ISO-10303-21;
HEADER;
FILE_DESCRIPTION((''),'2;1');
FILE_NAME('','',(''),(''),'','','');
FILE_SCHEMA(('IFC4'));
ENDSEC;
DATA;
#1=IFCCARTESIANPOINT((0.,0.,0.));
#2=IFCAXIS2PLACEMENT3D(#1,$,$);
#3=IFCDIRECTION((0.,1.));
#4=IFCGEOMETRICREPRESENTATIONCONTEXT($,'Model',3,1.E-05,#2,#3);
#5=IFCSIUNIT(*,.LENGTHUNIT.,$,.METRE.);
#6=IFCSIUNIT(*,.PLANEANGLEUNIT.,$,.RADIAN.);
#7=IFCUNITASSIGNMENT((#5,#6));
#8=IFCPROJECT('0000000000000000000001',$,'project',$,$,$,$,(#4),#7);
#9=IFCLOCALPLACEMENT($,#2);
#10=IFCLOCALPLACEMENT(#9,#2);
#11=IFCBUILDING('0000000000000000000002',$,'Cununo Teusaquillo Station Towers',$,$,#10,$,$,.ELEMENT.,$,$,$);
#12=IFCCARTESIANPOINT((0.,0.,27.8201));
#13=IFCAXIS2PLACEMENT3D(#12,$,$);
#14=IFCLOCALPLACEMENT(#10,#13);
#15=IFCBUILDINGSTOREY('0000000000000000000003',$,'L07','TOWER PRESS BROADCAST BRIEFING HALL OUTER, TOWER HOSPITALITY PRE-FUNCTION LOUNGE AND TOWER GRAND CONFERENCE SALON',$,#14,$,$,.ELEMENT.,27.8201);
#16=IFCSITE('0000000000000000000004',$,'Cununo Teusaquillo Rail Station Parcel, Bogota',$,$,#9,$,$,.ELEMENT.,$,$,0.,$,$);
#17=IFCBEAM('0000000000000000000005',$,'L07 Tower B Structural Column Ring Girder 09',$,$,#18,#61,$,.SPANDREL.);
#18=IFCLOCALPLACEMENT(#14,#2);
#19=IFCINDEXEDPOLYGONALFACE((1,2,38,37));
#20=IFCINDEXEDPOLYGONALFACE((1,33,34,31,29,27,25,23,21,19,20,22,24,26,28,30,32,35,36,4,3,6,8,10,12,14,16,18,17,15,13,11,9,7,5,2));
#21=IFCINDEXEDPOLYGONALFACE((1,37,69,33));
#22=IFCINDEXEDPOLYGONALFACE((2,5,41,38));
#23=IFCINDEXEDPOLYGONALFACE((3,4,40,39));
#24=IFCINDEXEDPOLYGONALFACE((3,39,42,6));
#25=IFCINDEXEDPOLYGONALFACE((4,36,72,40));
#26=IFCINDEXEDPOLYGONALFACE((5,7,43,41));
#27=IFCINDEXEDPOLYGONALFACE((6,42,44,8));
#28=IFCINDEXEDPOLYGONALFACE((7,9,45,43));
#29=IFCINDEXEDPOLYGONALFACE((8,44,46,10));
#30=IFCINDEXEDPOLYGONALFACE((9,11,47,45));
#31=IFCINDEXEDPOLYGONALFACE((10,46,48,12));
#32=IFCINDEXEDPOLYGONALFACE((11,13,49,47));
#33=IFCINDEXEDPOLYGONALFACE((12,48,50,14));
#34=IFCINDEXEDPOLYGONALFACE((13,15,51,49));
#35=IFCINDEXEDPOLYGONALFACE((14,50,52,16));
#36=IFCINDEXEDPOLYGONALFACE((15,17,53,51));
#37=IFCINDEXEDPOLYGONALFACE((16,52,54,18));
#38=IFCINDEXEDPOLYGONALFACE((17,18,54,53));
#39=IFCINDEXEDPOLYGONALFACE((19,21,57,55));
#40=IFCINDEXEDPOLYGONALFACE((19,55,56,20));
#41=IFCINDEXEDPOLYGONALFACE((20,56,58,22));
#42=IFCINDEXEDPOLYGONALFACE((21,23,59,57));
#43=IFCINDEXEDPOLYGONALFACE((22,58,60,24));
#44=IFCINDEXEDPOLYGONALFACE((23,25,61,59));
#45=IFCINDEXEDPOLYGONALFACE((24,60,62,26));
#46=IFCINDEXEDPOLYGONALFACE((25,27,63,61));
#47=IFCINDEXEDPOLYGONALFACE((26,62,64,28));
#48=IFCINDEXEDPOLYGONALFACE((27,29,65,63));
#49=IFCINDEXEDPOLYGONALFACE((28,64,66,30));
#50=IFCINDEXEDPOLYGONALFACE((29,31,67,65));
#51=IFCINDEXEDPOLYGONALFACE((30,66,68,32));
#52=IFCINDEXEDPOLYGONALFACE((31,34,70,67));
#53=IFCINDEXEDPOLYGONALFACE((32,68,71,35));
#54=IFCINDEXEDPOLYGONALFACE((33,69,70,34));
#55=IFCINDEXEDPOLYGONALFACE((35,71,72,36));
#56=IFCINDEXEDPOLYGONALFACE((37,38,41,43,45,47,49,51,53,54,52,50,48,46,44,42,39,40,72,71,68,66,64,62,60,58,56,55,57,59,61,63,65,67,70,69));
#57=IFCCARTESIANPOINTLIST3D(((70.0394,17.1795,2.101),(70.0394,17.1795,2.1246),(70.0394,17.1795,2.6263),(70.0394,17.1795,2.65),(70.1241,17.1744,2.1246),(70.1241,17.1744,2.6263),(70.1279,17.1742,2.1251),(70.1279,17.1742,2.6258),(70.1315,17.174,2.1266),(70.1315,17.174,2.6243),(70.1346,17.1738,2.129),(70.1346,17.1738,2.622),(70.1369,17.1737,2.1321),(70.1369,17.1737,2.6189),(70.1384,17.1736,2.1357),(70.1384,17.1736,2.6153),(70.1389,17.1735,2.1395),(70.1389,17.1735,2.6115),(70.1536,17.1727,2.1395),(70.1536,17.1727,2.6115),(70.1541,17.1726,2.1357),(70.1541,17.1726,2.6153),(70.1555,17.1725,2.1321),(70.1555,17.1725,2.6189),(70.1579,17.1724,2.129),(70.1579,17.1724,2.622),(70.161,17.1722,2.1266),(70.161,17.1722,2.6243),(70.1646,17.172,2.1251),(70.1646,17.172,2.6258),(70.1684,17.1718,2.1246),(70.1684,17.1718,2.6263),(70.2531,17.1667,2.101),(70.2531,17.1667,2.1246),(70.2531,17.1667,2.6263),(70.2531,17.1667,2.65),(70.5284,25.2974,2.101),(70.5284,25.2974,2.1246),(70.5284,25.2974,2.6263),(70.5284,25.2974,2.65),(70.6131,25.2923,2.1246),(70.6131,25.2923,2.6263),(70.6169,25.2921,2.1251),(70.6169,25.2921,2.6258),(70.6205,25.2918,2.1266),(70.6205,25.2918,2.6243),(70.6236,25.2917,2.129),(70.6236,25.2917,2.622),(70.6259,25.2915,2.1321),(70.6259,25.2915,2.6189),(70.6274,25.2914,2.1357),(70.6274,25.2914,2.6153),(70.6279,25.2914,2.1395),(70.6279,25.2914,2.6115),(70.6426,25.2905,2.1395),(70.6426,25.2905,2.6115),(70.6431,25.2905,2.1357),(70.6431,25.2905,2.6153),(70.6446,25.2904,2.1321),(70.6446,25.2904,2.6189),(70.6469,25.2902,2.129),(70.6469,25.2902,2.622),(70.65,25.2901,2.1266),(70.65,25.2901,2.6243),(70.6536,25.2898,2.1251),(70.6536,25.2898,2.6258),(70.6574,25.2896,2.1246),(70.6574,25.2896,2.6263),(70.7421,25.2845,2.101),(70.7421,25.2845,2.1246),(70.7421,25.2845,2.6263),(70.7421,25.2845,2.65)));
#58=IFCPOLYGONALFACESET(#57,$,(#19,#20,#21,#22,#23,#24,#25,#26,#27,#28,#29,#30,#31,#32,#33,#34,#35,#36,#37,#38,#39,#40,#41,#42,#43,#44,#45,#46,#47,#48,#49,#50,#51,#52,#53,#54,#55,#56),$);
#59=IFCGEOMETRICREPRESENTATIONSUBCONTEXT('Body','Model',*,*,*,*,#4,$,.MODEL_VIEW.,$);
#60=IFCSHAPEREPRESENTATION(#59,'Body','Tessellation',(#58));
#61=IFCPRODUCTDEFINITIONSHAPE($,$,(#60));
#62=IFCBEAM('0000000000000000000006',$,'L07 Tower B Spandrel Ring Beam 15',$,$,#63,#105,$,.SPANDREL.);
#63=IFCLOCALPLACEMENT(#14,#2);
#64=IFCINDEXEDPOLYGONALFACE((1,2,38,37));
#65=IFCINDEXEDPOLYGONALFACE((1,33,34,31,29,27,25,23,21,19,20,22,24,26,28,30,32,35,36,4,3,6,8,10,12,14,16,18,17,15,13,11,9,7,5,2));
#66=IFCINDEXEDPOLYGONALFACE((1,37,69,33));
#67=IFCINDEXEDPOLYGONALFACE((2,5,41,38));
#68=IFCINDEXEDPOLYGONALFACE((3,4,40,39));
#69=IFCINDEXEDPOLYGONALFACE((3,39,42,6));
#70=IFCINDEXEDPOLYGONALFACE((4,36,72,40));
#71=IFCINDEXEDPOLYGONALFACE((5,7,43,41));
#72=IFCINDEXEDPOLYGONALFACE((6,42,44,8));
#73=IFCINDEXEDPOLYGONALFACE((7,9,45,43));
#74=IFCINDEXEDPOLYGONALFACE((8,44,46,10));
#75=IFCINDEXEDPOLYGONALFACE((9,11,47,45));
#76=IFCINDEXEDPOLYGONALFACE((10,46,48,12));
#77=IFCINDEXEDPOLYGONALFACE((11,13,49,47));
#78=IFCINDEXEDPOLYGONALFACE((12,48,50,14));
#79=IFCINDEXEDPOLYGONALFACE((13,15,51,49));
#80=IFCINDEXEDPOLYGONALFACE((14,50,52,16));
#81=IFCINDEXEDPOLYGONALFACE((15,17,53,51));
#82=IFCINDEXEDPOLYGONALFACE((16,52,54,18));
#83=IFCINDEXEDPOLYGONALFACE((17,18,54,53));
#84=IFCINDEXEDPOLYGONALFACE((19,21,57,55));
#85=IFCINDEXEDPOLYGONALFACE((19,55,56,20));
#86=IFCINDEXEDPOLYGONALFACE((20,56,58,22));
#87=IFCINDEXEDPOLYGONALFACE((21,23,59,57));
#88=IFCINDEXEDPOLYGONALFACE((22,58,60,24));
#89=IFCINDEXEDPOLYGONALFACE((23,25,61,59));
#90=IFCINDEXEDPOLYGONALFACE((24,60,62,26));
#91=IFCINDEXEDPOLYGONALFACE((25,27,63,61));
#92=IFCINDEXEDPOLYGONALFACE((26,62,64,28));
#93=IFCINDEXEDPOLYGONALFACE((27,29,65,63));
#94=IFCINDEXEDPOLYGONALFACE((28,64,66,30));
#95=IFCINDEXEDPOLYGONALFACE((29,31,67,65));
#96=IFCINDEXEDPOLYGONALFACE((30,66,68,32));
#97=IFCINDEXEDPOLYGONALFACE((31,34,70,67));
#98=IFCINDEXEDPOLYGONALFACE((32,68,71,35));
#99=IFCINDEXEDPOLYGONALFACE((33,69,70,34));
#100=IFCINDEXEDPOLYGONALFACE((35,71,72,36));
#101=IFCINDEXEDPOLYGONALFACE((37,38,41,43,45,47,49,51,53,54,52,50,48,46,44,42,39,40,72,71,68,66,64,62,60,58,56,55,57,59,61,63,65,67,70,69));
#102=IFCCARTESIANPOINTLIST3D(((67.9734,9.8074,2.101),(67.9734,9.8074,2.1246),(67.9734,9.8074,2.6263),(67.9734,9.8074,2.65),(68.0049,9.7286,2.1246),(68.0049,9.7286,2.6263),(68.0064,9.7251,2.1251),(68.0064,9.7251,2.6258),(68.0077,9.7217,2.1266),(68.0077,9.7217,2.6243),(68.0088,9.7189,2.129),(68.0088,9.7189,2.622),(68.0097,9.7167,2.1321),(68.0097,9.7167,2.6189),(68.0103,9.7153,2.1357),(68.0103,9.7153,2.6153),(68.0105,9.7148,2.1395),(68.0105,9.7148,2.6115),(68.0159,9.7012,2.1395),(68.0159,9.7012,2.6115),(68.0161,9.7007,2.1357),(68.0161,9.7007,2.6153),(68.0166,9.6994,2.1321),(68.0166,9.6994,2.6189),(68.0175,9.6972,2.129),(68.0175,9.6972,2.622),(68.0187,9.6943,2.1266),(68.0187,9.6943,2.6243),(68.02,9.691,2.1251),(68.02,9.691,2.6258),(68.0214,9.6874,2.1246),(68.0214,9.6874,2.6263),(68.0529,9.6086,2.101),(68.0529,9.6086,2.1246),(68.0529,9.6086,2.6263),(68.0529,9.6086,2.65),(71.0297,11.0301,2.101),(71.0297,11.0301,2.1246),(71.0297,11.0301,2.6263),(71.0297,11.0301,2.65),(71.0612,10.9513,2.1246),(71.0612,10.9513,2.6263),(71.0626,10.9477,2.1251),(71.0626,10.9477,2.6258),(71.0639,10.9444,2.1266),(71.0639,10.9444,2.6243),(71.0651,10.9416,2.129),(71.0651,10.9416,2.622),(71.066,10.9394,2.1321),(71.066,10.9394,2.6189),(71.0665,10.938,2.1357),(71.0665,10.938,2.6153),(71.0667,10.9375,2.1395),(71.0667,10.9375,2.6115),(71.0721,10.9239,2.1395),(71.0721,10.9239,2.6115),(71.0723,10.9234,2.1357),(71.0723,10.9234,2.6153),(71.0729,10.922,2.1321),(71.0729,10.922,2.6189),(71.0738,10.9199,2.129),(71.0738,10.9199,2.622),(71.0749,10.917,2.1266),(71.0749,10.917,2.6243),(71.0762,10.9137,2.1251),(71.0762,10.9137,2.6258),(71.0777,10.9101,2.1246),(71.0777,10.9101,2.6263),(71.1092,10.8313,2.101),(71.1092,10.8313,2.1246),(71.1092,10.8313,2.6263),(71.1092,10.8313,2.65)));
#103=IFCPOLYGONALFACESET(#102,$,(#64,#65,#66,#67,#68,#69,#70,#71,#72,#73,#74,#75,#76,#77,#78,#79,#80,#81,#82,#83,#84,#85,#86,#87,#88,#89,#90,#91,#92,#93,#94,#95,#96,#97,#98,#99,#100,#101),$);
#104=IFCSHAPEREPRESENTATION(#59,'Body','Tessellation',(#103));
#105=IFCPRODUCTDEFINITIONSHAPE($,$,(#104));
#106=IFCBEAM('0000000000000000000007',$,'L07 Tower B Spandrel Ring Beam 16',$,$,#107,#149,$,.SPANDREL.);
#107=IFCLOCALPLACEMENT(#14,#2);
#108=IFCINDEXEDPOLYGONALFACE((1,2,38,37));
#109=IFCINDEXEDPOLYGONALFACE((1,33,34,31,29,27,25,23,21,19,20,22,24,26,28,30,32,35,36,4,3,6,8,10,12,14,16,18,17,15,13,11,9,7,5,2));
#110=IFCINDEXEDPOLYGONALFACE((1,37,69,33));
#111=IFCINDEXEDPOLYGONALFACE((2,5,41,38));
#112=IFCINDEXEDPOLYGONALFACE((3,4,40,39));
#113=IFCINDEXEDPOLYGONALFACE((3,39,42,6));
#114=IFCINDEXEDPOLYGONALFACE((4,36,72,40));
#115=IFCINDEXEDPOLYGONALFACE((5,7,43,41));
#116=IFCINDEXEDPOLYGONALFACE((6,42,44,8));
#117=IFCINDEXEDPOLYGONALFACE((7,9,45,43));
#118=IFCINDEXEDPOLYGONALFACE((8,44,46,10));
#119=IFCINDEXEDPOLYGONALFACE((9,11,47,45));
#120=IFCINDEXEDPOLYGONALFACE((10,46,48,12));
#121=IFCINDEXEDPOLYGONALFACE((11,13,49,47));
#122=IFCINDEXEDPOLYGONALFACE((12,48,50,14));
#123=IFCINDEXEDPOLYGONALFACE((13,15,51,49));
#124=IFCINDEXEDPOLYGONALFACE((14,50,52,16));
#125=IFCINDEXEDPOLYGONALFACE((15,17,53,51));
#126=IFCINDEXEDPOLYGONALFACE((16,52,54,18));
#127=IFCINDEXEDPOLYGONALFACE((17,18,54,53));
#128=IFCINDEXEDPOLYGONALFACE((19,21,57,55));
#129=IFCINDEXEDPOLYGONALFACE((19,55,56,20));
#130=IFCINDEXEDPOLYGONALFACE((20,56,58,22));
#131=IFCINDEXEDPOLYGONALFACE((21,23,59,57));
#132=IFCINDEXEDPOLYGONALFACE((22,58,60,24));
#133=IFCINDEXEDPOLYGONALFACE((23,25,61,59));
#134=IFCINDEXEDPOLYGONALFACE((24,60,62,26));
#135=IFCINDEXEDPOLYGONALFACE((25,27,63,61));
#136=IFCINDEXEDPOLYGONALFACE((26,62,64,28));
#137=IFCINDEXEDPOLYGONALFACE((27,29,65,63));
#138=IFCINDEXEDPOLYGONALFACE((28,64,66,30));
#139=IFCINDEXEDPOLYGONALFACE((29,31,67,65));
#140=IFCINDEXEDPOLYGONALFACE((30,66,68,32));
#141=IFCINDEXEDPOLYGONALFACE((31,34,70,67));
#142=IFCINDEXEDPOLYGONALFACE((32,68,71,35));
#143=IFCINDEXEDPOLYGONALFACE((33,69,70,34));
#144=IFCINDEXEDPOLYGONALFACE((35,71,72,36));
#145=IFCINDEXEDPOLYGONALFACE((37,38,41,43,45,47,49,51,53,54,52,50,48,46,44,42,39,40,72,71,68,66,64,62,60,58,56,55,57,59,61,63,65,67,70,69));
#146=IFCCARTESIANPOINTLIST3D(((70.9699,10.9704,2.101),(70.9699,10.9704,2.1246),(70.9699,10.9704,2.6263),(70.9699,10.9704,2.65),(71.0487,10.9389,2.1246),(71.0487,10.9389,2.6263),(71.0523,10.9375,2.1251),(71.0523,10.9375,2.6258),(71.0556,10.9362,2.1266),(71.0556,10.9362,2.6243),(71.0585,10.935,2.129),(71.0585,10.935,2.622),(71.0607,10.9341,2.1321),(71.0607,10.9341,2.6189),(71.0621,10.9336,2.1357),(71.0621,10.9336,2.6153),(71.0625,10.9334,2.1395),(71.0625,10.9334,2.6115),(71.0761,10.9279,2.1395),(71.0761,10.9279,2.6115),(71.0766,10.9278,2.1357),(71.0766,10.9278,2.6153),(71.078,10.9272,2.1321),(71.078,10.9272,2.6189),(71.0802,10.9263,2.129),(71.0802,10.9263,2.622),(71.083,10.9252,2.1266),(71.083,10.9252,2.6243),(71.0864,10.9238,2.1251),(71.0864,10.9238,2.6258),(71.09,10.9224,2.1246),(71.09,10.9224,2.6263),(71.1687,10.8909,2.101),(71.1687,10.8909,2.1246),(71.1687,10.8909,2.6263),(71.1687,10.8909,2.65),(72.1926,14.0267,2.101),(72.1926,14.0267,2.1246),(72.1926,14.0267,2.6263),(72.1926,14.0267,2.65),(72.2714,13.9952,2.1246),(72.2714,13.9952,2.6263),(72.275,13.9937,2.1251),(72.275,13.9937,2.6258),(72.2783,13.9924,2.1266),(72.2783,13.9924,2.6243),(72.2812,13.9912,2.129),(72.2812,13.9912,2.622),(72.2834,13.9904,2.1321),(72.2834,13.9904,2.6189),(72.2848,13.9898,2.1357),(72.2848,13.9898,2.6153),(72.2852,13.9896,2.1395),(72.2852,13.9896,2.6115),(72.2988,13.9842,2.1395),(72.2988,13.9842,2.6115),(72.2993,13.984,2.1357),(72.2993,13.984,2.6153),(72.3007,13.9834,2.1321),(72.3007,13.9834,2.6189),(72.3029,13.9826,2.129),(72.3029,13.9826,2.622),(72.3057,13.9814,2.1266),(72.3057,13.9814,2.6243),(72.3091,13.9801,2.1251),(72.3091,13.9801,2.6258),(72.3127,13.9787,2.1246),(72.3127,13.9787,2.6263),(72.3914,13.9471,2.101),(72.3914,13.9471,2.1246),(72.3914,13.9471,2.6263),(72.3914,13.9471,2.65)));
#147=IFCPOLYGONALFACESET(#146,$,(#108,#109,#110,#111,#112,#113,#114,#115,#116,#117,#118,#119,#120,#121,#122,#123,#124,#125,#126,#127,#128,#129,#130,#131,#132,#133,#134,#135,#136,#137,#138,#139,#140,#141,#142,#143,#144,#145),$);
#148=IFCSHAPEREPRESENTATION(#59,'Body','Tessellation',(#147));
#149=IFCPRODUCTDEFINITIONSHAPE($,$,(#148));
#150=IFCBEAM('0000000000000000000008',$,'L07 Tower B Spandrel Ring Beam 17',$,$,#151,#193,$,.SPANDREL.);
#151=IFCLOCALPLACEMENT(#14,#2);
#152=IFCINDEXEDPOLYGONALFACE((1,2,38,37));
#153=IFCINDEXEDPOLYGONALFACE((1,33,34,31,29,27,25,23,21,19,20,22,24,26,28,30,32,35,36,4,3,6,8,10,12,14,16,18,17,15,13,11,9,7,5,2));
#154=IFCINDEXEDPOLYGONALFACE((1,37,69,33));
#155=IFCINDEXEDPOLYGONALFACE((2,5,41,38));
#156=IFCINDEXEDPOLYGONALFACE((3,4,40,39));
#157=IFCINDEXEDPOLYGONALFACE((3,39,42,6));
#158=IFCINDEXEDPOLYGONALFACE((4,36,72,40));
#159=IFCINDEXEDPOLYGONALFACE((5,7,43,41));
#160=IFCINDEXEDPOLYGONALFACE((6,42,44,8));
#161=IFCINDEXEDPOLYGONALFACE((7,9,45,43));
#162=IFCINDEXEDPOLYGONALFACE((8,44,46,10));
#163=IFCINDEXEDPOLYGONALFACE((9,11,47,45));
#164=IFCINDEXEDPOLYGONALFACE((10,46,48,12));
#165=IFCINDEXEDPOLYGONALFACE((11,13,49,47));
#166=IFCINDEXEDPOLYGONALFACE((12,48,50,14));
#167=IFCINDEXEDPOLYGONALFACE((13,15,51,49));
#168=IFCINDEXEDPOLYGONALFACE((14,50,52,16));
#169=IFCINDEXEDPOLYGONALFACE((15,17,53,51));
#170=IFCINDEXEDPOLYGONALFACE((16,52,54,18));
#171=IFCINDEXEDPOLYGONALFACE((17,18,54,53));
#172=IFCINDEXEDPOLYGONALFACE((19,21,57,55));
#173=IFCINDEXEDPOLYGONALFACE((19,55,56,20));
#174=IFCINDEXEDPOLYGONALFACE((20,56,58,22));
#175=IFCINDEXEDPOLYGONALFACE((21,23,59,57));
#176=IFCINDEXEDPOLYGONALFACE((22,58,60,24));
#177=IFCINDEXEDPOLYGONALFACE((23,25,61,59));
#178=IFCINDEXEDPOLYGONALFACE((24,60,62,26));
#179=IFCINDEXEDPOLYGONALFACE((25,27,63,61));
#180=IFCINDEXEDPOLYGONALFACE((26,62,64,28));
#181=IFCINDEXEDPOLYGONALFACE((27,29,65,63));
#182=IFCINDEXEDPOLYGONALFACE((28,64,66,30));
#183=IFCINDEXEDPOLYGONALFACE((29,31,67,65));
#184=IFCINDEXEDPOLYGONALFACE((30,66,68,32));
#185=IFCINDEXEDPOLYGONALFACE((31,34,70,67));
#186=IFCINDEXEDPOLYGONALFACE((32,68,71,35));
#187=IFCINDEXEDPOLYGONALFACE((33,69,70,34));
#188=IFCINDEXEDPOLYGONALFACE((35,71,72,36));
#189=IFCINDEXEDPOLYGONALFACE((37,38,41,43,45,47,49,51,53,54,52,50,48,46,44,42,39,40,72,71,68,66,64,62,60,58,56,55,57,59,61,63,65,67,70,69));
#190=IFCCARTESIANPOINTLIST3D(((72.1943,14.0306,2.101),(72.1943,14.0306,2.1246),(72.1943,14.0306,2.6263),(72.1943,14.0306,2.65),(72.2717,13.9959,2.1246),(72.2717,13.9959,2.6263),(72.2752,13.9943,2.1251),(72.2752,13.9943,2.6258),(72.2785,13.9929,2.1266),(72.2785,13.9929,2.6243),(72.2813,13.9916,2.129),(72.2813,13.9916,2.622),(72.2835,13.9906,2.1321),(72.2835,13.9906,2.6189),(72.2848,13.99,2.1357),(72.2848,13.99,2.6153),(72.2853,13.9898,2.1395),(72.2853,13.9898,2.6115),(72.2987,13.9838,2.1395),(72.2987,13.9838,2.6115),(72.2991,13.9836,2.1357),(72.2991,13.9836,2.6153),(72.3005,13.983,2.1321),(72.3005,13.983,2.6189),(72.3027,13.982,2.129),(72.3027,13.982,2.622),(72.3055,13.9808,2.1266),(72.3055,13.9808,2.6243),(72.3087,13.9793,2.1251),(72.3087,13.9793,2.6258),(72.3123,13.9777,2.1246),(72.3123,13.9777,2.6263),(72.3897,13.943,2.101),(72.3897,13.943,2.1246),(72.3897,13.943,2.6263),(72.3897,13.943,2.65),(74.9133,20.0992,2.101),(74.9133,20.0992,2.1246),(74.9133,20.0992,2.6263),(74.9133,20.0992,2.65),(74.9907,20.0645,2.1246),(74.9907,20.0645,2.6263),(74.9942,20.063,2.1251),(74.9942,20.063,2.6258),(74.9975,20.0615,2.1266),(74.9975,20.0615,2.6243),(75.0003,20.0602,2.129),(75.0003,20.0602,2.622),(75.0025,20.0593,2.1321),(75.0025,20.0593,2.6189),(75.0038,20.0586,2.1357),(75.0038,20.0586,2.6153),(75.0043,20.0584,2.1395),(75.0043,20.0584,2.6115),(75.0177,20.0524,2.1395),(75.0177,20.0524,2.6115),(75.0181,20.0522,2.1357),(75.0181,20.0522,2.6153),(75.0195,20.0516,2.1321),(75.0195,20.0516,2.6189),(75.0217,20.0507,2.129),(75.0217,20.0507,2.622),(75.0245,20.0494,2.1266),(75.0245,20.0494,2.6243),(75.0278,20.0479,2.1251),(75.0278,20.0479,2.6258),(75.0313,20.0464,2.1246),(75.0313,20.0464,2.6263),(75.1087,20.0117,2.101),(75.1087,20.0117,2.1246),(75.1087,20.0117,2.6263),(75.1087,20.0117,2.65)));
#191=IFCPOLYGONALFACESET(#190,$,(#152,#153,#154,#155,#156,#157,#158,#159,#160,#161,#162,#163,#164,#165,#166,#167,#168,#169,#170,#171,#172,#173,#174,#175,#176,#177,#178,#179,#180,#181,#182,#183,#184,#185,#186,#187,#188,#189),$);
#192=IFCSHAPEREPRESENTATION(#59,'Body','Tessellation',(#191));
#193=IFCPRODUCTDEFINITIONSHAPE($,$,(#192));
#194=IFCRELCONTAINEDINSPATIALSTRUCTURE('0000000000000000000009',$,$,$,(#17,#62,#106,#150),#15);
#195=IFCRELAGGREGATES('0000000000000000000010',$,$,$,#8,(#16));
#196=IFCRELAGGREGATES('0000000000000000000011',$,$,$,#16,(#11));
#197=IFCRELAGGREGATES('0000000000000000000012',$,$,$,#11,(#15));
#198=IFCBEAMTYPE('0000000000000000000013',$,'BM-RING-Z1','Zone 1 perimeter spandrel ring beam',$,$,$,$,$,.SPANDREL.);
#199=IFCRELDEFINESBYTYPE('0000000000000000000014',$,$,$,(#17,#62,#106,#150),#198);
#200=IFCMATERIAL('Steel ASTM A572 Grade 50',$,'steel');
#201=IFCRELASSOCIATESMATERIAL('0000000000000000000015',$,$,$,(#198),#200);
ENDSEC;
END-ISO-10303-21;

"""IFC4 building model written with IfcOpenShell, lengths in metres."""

from ifc_helpers import new_model, si_unit, direction, frame, origin, origin_2d, place, context, subcontext, project, spatial, i_section, extrude, material, material_profile, profile_set, type_object, element, save


model = new_model("IFC4")

# Units and contexts
model_context = context("Model", 3, precision=1e-05, world=origin(), true_north=direction((0.0, 1.0)))
body_context = subcontext(model_context, "Body", "Model", "MODEL_VIEW")
ifc_project = project(units=[si_unit("LENGTHUNIT", "METRE"), si_unit("PLANEANGLEUNIT", "RADIAN")], contexts=[model_context])

# Site, building, storey
site_placement = place(None, origin())
site = spatial("IfcSite", under=ifc_project, at=site_placement, Name="Cununo Teusaquillo Rail Station Parcel, Bogota", CompositionType="ELEMENT", RefElevation=0.0)
building_placement = place(site_placement, origin())
building = spatial("IfcBuilding", under=site, at=building_placement, Name="Cununo Teusaquillo Station Towers", CompositionType="ELEMENT")
storey_placement = place(building_placement, frame((0.0, 0.0, 27.8201)))
storey = spatial("IfcBuildingStorey", under=building, at=storey_placement, Name="L07", Description="TOWER PRESS BROADCAST BRIEFING HALL OUTER, TOWER HOSPITALITY PRE-FUNCTION LOUNGE AND TOWER GRAND CONFERENCE SALON", CompositionType="ELEMENT", Elevation=27.8201)

# Beams
ifc_material_1 = material(Name="Steel ASTM A572 Grade 50", Category="steel")
ifc_material_profile_1 = material_profile(ifc_material_1, i_section(OverallWidth=0.2141, OverallDepth=0.5491, WebThickness=0.0146, FlangeThickness=0.0237, FilletRadius=0.0149, at=origin_2d()), Name="W21X93")
ifc_profile_set_1 = profile_set([ifc_material_profile_1], Name="Steel ASTM A572 Grade 50")
beam_type_1 = type_object("IfcBeamType", Name="BM-RING-Z1", Description="Zone 1 perimeter spandrel ring beam", PredefinedType="SPANDREL", material=ifc_profile_set_1)
beam_1_placement = place(storey_placement, frame((70.1462, 17.1731, 2.3755), z_axis=(0.06013, 0.998191, 0.0), x_axis=(-0.998191, 0.06013, 0.0)))
element("IfcBeam", 1, at=beam_1_placement, inside=storey, type_object=beam_type_1, Name="L07 Tower B Structural Column Ring Girder 09", PredefinedType="SPANDREL", context=body_context, shape_type="SweptSolid", body=[
    extrude(i_section(OverallWidth=0.2141, OverallDepth=0.5491, WebThickness=0.0146, FlangeThickness=0.0237, FilletRadius=0.0149, at=origin_2d()), origin(), (0.0, 0.0, 1.0), 8.1326),
])
for number, where, z_axis, x_axis, name in (
    (2, (68.0132, 9.708, 2.3755), (0.928456, 0.371442, 0.0), (-0.371442, 0.928456, 0.0), "L07 Tower B Spandrel Ring Beam 15"),
    (3, (71.0693, 10.9307, 2.3755), (0.371442, 0.928456, 0.0), (-0.928456, 0.371442, 0.0), "L07 Tower B Spandrel Ring Beam 16"),
):
    element("IfcBeam", number, at=place(storey_placement, frame(where, z_axis=z_axis, x_axis=x_axis)), inside=storey, type_object=beam_type_1, Name=name, PredefinedType="SPANDREL", context=body_context, shape_type="SweptSolid", body=[
        extrude(i_section(OverallWidth=0.2141, OverallDepth=0.5491, WebThickness=0.0146, FlangeThickness=0.0237, FilletRadius=0.0149, at=origin_2d()), origin(), (0.0, 0.0, 1.0), 3.2917),
    ])
beam_2_placement = place(storey_placement, frame((72.292, 13.9868, 2.3755), z_axis=(0.408879, 0.912589, 0.0), x_axis=(-0.912589, 0.408879, 0.0)))
element("IfcBeam", 4, at=beam_2_placement, inside=storey, type_object=beam_type_1, Name="L07 Tower B Spandrel Ring Beam 17", PredefinedType="SPANDREL", context=body_context, shape_type="SweptSolid", body=[
    extrude(i_section(OverallWidth=0.2141, OverallDepth=0.5491, WebThickness=0.0146, FlangeThickness=0.0237, FilletRadius=0.0149, at=origin_2d()), origin(), (0.0, 0.0, 1.0), 6.6499),
])

save(model, "model.ifc")
